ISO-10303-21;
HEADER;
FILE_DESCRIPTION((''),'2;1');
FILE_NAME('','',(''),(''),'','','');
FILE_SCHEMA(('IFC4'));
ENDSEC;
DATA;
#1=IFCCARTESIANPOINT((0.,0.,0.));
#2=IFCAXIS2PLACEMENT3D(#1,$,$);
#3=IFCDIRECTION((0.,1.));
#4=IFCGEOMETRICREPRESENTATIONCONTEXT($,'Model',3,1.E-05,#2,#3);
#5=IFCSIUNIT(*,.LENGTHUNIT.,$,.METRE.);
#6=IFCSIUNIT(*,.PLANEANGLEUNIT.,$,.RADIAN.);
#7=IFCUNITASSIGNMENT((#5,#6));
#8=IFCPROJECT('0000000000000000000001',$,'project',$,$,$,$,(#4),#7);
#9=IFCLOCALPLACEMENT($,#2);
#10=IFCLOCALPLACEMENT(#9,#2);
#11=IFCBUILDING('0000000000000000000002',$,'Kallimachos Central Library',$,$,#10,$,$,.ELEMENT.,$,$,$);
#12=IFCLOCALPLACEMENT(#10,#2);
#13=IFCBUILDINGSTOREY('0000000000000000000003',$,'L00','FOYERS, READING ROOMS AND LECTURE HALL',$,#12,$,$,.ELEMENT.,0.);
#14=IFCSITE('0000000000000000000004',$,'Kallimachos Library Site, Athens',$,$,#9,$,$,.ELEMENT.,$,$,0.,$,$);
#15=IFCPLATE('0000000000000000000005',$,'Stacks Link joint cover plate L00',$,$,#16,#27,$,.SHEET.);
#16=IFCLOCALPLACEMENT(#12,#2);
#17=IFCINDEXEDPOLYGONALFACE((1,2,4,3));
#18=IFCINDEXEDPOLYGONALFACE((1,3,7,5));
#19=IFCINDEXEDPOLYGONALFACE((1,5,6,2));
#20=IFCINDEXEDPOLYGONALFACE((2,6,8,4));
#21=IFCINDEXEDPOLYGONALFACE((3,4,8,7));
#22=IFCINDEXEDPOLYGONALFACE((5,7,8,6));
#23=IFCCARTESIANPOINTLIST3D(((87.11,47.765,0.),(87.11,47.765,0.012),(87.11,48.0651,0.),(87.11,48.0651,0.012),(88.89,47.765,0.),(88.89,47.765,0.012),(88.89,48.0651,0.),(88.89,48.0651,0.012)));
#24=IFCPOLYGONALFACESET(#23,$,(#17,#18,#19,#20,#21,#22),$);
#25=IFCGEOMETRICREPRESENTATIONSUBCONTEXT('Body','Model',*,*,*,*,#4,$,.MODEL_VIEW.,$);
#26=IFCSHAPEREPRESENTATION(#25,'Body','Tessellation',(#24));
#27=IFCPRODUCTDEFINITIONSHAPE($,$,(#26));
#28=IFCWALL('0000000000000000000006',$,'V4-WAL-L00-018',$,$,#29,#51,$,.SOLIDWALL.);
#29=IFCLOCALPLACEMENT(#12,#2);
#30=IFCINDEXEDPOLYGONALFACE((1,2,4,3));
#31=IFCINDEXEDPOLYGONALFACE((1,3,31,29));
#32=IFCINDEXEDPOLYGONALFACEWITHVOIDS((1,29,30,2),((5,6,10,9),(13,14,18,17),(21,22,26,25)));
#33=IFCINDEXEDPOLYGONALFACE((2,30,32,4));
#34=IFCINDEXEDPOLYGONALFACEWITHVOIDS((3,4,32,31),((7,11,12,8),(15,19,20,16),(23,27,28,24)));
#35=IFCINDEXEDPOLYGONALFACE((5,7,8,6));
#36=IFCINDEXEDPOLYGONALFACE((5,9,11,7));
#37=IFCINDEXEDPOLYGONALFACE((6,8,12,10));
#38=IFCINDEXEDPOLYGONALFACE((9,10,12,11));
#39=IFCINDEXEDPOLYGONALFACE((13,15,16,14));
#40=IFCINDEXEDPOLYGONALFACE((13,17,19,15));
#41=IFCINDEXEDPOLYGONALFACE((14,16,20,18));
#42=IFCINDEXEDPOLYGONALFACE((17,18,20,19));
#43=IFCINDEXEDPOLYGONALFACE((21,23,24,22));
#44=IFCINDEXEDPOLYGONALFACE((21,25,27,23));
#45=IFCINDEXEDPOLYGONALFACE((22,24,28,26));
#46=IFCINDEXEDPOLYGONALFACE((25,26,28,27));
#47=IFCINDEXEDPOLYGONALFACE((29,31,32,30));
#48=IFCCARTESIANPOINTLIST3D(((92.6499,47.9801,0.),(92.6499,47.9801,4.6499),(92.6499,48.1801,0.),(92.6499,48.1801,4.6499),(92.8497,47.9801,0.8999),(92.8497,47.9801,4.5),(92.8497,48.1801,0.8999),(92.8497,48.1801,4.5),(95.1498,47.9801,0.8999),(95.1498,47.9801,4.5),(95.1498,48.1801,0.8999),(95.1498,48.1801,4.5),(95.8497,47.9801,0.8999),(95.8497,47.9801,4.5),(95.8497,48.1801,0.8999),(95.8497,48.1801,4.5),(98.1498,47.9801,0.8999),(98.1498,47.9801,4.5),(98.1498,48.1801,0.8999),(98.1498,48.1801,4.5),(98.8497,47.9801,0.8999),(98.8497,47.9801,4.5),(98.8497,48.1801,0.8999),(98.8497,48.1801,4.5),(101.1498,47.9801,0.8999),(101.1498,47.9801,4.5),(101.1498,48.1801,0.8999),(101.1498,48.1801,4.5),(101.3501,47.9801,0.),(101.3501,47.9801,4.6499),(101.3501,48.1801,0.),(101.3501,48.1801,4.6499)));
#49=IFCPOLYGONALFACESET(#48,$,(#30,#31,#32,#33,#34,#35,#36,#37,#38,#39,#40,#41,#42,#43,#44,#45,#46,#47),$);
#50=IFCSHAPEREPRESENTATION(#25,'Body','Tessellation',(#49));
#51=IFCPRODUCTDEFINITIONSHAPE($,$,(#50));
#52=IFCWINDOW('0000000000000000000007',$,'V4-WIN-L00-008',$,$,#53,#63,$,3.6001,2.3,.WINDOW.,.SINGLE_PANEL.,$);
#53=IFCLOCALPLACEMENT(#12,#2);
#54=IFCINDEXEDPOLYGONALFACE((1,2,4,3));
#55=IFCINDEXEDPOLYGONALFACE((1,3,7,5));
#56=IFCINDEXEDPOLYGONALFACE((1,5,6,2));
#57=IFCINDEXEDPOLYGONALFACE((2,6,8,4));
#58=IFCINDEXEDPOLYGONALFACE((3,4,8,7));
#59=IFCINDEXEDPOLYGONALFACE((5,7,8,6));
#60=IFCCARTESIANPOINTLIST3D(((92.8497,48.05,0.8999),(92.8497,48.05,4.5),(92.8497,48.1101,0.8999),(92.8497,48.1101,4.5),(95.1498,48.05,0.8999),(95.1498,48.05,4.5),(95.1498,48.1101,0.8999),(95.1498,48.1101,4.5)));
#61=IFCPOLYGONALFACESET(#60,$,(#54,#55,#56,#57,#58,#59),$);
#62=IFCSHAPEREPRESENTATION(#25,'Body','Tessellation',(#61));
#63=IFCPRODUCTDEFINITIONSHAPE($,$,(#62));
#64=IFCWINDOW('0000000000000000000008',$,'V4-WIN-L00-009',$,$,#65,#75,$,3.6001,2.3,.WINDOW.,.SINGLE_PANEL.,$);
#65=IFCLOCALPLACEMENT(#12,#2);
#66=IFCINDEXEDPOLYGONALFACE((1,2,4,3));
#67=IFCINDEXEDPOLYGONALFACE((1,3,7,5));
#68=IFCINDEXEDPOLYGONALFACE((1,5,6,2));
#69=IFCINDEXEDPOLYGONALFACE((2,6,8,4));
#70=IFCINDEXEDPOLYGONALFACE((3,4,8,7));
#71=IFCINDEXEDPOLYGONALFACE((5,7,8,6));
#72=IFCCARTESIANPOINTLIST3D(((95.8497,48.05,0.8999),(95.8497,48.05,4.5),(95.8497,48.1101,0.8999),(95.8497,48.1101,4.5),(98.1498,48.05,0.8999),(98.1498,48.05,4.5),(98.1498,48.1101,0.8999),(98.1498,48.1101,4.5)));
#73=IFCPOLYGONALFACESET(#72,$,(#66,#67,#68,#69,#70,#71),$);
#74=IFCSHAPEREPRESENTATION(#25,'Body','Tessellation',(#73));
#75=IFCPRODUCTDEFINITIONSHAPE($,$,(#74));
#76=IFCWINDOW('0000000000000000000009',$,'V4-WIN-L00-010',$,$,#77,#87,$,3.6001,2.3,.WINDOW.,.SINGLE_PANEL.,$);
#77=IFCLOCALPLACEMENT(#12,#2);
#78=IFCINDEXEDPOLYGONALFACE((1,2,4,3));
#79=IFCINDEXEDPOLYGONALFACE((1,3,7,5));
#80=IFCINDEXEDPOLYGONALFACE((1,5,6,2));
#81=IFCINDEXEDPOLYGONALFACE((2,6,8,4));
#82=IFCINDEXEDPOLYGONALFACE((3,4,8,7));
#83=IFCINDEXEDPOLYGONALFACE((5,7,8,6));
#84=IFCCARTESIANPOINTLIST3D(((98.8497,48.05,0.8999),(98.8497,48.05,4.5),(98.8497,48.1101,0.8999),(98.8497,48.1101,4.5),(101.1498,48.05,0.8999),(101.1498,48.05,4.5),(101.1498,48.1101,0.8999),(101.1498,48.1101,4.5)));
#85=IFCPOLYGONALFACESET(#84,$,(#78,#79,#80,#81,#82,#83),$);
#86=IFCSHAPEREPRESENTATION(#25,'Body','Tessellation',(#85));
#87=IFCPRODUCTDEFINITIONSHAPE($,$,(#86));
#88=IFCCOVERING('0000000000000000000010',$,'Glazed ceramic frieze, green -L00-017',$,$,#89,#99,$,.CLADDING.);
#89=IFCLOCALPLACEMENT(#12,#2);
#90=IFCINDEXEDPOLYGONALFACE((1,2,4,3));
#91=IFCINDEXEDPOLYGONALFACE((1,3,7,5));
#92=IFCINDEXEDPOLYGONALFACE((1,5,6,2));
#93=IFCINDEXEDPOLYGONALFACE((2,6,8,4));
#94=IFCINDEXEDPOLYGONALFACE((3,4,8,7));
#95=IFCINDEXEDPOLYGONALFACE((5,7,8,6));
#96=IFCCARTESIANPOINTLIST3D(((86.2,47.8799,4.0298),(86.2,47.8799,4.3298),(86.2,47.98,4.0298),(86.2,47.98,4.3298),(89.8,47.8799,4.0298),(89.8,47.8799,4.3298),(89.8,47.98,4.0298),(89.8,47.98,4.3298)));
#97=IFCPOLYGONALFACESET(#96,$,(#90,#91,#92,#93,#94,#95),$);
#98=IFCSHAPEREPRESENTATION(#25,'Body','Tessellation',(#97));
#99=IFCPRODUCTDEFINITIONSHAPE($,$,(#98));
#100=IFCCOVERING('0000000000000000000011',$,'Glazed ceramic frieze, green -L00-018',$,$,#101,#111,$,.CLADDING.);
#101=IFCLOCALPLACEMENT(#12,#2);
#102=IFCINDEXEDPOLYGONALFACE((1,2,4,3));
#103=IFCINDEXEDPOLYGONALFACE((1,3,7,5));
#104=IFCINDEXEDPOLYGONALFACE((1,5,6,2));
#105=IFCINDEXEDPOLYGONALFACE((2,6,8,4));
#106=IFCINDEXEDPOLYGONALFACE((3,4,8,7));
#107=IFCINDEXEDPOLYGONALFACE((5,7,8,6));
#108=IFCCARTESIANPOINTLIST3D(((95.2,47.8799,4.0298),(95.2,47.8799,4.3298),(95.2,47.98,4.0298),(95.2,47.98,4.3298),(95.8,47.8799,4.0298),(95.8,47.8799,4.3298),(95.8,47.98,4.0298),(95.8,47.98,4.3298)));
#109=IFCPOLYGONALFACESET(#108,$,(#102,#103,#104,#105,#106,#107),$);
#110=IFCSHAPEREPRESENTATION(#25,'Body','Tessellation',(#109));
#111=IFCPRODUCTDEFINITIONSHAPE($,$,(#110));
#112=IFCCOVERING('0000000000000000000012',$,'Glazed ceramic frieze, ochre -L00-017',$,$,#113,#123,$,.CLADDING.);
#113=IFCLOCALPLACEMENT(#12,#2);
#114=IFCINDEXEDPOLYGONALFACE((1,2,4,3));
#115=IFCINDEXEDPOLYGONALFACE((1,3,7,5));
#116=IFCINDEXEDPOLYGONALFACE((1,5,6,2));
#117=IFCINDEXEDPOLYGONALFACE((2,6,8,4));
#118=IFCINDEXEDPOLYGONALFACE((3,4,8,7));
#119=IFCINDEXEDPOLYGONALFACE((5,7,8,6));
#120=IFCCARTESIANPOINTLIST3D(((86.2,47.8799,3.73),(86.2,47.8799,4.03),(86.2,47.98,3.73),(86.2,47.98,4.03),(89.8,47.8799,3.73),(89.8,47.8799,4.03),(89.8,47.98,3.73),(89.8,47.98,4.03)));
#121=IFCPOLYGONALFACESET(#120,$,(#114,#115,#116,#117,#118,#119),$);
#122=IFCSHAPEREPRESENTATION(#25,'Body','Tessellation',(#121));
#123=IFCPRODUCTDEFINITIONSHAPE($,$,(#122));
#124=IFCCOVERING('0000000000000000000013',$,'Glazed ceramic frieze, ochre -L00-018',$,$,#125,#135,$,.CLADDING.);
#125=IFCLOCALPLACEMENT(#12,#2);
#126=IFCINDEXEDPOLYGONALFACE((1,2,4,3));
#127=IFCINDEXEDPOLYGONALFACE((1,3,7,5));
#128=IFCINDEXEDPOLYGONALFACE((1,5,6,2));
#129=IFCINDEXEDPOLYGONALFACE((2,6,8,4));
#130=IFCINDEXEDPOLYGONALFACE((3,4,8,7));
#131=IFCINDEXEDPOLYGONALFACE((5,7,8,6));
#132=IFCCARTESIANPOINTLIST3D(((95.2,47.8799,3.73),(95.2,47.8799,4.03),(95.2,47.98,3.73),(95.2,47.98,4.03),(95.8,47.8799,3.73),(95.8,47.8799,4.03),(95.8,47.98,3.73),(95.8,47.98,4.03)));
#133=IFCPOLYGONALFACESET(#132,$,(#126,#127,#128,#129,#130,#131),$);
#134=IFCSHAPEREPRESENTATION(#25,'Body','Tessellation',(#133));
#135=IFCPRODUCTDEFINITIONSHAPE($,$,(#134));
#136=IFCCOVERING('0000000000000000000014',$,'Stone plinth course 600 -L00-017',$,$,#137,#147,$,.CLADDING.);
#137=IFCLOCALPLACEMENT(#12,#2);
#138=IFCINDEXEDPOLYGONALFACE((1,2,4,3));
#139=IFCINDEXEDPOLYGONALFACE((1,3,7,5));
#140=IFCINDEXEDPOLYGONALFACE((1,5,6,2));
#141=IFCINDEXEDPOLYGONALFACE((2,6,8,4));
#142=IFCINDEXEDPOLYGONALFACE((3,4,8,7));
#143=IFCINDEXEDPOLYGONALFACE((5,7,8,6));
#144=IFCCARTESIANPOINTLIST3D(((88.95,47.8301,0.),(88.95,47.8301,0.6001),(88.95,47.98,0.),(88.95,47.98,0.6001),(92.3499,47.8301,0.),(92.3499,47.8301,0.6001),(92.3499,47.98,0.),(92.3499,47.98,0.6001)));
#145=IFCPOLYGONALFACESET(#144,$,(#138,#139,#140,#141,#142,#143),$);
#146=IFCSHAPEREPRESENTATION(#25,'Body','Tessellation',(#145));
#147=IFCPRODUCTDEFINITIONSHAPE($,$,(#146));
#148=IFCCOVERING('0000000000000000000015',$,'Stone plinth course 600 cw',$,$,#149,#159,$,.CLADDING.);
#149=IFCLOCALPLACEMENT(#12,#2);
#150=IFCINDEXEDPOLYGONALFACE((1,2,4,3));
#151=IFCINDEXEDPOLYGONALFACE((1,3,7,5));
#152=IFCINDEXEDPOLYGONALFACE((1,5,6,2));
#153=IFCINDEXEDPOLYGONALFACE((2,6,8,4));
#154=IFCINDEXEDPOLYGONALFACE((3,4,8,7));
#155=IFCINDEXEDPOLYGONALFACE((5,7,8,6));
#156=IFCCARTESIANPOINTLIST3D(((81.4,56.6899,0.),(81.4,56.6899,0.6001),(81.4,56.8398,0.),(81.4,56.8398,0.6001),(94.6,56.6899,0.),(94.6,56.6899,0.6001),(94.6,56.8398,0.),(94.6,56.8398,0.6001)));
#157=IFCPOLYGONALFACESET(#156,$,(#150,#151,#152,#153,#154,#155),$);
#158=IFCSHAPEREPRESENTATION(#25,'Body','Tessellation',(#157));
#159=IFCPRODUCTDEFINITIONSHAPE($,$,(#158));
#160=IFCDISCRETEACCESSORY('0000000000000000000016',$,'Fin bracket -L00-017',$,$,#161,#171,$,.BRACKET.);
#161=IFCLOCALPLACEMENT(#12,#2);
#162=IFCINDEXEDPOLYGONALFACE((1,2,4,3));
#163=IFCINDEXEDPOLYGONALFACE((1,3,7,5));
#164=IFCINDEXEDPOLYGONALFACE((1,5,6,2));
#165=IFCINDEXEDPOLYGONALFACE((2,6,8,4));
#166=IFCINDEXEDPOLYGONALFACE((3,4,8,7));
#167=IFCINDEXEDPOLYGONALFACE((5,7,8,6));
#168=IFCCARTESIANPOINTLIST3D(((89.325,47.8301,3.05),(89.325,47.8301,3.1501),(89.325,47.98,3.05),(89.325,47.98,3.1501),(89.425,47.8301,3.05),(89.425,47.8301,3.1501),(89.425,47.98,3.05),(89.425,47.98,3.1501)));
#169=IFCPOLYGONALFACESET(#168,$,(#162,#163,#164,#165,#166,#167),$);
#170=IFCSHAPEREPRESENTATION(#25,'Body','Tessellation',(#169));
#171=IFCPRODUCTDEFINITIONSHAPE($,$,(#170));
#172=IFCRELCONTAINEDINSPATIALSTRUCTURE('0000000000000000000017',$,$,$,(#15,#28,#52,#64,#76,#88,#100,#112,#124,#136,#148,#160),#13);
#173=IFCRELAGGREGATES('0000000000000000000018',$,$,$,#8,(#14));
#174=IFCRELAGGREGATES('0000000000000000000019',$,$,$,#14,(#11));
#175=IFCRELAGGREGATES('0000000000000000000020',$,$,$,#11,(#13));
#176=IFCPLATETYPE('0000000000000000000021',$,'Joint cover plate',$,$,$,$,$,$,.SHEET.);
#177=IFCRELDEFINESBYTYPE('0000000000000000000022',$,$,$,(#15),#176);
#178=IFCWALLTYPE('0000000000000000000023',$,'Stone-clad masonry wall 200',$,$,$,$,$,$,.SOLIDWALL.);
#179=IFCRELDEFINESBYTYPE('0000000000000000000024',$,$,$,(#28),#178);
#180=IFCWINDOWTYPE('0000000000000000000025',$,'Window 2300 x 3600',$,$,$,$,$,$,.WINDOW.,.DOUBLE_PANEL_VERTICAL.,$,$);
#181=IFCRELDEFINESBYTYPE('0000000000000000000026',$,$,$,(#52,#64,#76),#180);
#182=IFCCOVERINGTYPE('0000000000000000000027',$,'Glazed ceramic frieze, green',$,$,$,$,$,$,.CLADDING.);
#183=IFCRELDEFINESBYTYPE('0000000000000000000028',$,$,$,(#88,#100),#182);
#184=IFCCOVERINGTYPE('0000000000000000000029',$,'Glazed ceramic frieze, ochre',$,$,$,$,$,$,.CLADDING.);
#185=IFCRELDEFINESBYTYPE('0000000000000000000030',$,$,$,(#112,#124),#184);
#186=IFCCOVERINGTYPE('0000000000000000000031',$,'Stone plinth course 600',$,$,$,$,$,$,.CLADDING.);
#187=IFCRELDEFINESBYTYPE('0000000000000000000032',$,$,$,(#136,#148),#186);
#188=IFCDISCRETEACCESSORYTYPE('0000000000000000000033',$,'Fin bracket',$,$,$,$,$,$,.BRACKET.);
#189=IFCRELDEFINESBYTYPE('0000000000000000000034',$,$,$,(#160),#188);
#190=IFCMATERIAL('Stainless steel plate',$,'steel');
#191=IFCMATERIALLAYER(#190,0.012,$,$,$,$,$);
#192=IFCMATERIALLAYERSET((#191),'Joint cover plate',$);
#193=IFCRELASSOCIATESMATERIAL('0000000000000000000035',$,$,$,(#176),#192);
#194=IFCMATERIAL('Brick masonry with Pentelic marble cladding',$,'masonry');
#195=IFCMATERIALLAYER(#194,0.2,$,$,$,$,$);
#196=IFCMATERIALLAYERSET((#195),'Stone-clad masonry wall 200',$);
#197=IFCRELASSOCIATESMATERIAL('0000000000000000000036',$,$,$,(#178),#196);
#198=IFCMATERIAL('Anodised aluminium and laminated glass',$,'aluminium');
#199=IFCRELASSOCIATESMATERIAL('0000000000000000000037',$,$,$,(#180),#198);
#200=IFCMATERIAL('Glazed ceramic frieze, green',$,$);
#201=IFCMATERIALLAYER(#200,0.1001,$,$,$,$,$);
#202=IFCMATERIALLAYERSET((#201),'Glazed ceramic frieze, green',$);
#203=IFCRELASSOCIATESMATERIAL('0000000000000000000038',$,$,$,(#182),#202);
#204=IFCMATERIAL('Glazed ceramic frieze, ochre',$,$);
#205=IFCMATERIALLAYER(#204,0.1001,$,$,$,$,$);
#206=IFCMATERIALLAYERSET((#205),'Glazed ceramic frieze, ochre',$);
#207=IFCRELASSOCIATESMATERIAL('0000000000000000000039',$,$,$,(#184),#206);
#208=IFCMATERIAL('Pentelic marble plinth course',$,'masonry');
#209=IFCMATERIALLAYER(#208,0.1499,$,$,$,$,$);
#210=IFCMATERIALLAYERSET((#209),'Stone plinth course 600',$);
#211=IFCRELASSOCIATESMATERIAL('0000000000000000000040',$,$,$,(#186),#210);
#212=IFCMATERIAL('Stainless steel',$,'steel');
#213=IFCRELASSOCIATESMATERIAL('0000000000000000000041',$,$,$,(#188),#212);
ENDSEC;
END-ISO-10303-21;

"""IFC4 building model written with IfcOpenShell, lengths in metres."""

from ifc_helpers import new_model, si_unit, direction, frame, frame_2d, origin, origin_2d, place, context, subcontext, project, spatial, rectangle, extrude, material, layer, layer_set, type_object, element, fill, save


model = new_model("IFC4")

# Units and contexts
model_context = context("Model", 3, precision=1e-05, world=origin(), true_north=direction((0.0, 1.0)))
body_context = subcontext(model_context, "Body", "Model", "MODEL_VIEW")
ifc_project = project(units=[si_unit("LENGTHUNIT", "METRE"), si_unit("PLANEANGLEUNIT", "RADIAN")], contexts=[model_context])

# Site, building, storey
site_placement = place(None, origin())
site = spatial("IfcSite", under=ifc_project, at=site_placement, Name="Kallimachos Library Site, Athens", CompositionType="ELEMENT", RefElevation=0.0)
building_placement = place(site_placement, origin())
building = spatial("IfcBuilding", under=site, at=building_placement, Name="Kallimachos Central Library", CompositionType="ELEMENT")
storey_placement = place(building_placement, origin())
storey = spatial("IfcBuildingStorey", under=building, at=storey_placement, Name="L00", Description="FOYERS, READING ROOMS AND LECTURE HALL", CompositionType="ELEMENT", Elevation=0.0)

# Plate
ifc_material_1 = material(Name="Stainless steel plate", Category="steel")
ifc_layer_1 = layer(ifc_material_1, 0.012)
ifc_layer_set_1 = layer_set([ifc_layer_1], Name="Joint cover plate")
plate_type = type_object("IfcPlateType", Name="Joint cover plate", PredefinedType="SHEET", material=ifc_layer_set_1)
plate_placement = place(storey_placement, frame((88.0, 47.915, 0.0), z_axis=(0.0, 0.0, 1.0), x_axis=(1.0, 0.0, 0.0)))
element("IfcPlate", 1, at=plate_placement, inside=storey, type_object=plate_type, Name="Stacks Link joint cover plate L00", PredefinedType="SHEET", context=body_context, shape_type="SweptSolid", body=[
    extrude(rectangle(XDim=1.78, YDim=0.3, at=origin_2d()), origin(), (0.0, 0.0, 1.0), 0.012),
])

# Wall, openings, windows
ifc_material_2 = material(Name="Brick masonry with Pentelic marble cladding", Category="masonry")
ifc_layer_2 = layer(ifc_material_2, 0.2)
ifc_layer_set_2 = layer_set([ifc_layer_2], Name="Stone-clad masonry wall 200")
wall_type = type_object("IfcWallType", Name="Stone-clad masonry wall 200", PredefinedType="SOLIDWALL", material=ifc_layer_set_2)
wall_placement = place(storey_placement, frame((92.6499, 48.0801, 0.0), z_axis=(0.0, 0.0, 1.0), x_axis=(1.0, 0.0, 0.0)))
wall = element("IfcWall", 2, at=wall_placement, inside=storey, type_object=wall_type, Name="V4-WAL-L00-018", PredefinedType="SOLIDWALL", context=body_context, shape_type="SweptSolid", body=[
    extrude(rectangle(XDim=8.7002, YDim=0.2, at=frame_2d((4.3501, 0.0))), origin(), (0.0, 0.0, 1.0), 4.6499),
])
opening_1_placement = place(wall_placement, frame((0.2, 0.0, 0.8999)))
opening_1 = element("IfcOpeningElement", 3, at=opening_1_placement, cuts=wall, PredefinedType="OPENING", context=body_context, shape_type="SweptSolid", body=[
    extrude(rectangle(XDim=2.3, YDim=3.6001, at=frame_2d((1.1499, 1.8))), frame((0.0, 0.1099, 0.0), z_axis=(0.0, -1.0, 0.0), x_axis=(1.0, 0.0, 0.0)), (0.0, 0.0, 1.0), 0.22),
])
opening_2_placement = place(wall_placement, frame((3.2, 0.0, 0.8999)))
opening_2 = element("IfcOpeningElement", 4, at=opening_2_placement, cuts=wall, PredefinedType="OPENING", context=body_context, shape_type="SweptSolid", body=[
    extrude(rectangle(XDim=2.3, YDim=3.6001, at=frame_2d((1.1499, 1.8))), frame((0.0, 0.1099, 0.0), z_axis=(0.0, -1.0, 0.0), x_axis=(1.0, 0.0, 0.0)), (0.0, 0.0, 1.0), 0.22),
])
opening_3_placement = place(wall_placement, frame((6.2, 0.0, 0.8999)))
opening_3 = element("IfcOpeningElement", 5, at=opening_3_placement, cuts=wall, PredefinedType="OPENING", context=body_context, shape_type="SweptSolid", body=[
    extrude(rectangle(XDim=2.3, YDim=3.6001, at=frame_2d((1.1499, 1.8))), frame((0.0, 0.1099, 0.0), z_axis=(0.0, -1.0, 0.0), x_axis=(1.0, 0.0, 0.0)), (0.0, 0.0, 1.0), 0.22),
])
ifc_material_3 = material(Name="Anodised aluminium and laminated glass", Category="aluminium")
window_type = type_object("IfcWindowType", Name="Window 2300 x 3600", PartitioningType="DOUBLE_PANEL_VERTICAL", PredefinedType="WINDOW", material=ifc_material_3)
window_1_placement = place(opening_1_placement, origin())
window_1 = element("IfcWindow", 6, at=window_1_placement, inside=storey, type_object=window_type, Name="V4-WIN-L00-008", OverallHeight=3.6001, OverallWidth=2.3, PartitioningType="SINGLE_PANEL", PredefinedType="WINDOW", context=body_context, shape_type="SweptSolid", body=[
    extrude(rectangle(XDim=2.3, YDim=3.6001, at=frame_2d((1.1499, 1.8))), frame((0.0, 0.03, 0.0), z_axis=(0.0, -1.0, 0.0), x_axis=(1.0, 0.0, 0.0)), (0.0, 0.0, 1.0), 0.0601),
])
fill(opening_1, window_1)
window_2_placement = place(opening_2_placement, origin())
window_2 = element("IfcWindow", 7, at=window_2_placement, inside=storey, type_object=window_type, Name="V4-WIN-L00-009", OverallHeight=3.6001, OverallWidth=2.3, PartitioningType="SINGLE_PANEL", PredefinedType="WINDOW", context=body_context, shape_type="SweptSolid", body=[
    extrude(rectangle(XDim=2.3, YDim=3.6001, at=frame_2d((1.1499, 1.8))), frame((0.0, 0.03, 0.0), z_axis=(0.0, -1.0, 0.0), x_axis=(1.0, 0.0, 0.0)), (0.0, 0.0, 1.0), 0.0601),
])
fill(opening_2, window_2)
window_3_placement = place(opening_3_placement, origin())
window_3 = element("IfcWindow", 8, at=window_3_placement, inside=storey, type_object=window_type, Name="V4-WIN-L00-010", OverallHeight=3.6001, OverallWidth=2.3, PartitioningType="SINGLE_PANEL", PredefinedType="WINDOW", context=body_context, shape_type="SweptSolid", body=[
    extrude(rectangle(XDim=2.3, YDim=3.6001, at=frame_2d((1.1499, 1.8))), frame((0.0, 0.03, 0.0), z_axis=(0.0, -1.0, 0.0), x_axis=(1.0, 0.0, 0.0)), (0.0, 0.0, 1.0), 0.0601),
])
fill(opening_3, window_3)

# Coverings
ifc_material_4 = material(Name="Glazed ceramic frieze, green")
ifc_layer_3 = layer(ifc_material_4, 0.1001)
ifc_layer_set_3 = layer_set([ifc_layer_3], Name="Glazed ceramic frieze, green")
covering_type_1 = type_object("IfcCoveringType", Name="Glazed ceramic frieze, green", PredefinedType="CLADDING", material=ifc_layer_set_3)
covering_1_placement = place(storey_placement, frame((88.0, 47.9299, 4.0298), z_axis=(0.0, 0.0, 1.0), x_axis=(1.0, 0.0, 0.0)))
element("IfcCovering", 9, at=covering_1_placement, inside=storey, type_object=covering_type_1, Name="Glazed ceramic frieze, green -L00-017", PredefinedType="CLADDING", context=body_context, shape_type="SweptSolid", body=[
    extrude(rectangle(XDim=3.6001, YDim=0.1001, at=origin_2d()), origin(), (0.0, 0.0, 1.0), 0.3),
])
covering_2_placement = place(storey_placement, frame((95.5, 47.9299, 4.0298), z_axis=(0.0, 0.0, 1.0), x_axis=(1.0, 0.0, 0.0)))
element("IfcCovering", 10, at=covering_2_placement, inside=storey, type_object=covering_type_1, Name="Glazed ceramic frieze, green -L00-018", PredefinedType="CLADDING", context=body_context, shape_type="SweptSolid", body=[
    extrude(rectangle(XDim=0.6001, YDim=0.1001, at=origin_2d()), origin(), (0.0, 0.0, 1.0), 0.3),
])
ifc_material_5 = material(Name="Glazed ceramic frieze, ochre")
ifc_layer_4 = layer(ifc_material_5, 0.1001)
ifc_layer_set_4 = layer_set([ifc_layer_4], Name="Glazed ceramic frieze, ochre")
covering_type_2 = type_object("IfcCoveringType", Name="Glazed ceramic frieze, ochre", PredefinedType="CLADDING", material=ifc_layer_set_4)
covering_3_placement = place(storey_placement, frame((88.0, 47.9299, 3.73), z_axis=(0.0, 0.0, 1.0), x_axis=(1.0, 0.0, 0.0)))
element("IfcCovering", 11, at=covering_3_placement, inside=storey, type_object=covering_type_2, Name="Glazed ceramic frieze, ochre -L00-017", PredefinedType="CLADDING", context=body_context, shape_type="SweptSolid", body=[
    extrude(rectangle(XDim=3.6001, YDim=0.1001, at=origin_2d()), origin(), (0.0, 0.0, 1.0), 0.3),
])
covering_4_placement = place(storey_placement, frame((95.5, 47.9299, 3.73), z_axis=(0.0, 0.0, 1.0), x_axis=(1.0, 0.0, 0.0)))
element("IfcCovering", 12, at=covering_4_placement, inside=storey, type_object=covering_type_2, Name="Glazed ceramic frieze, ochre -L00-018", PredefinedType="CLADDING", context=body_context, shape_type="SweptSolid", body=[
    extrude(rectangle(XDim=0.6001, YDim=0.1001, at=origin_2d()), origin(), (0.0, 0.0, 1.0), 0.3),
])
ifc_material_6 = material(Name="Pentelic marble plinth course", Category="masonry")
ifc_layer_5 = layer(ifc_material_6, 0.1499)
ifc_layer_set_5 = layer_set([ifc_layer_5], Name="Stone plinth course 600")
covering_type_3 = type_object("IfcCoveringType", Name="Stone plinth course 600", PredefinedType="CLADDING", material=ifc_layer_set_5)
covering_5_placement = place(storey_placement, frame((90.6499, 47.905, 0.0), z_axis=(0.0, 0.0, 1.0), x_axis=(1.0, 0.0, 0.0)))
element("IfcCovering", 13, at=covering_5_placement, inside=storey, type_object=covering_type_3, Name="Stone plinth course 600 -L00-017", PredefinedType="CLADDING", context=body_context, shape_type="SweptSolid", body=[
    extrude(rectangle(XDim=3.3999, YDim=0.1499, at=origin_2d()), origin(), (0.0, 0.0, 1.0), 0.6001),
])
covering_6_placement = place(storey_placement, frame((88.0, 56.7649, 0.0), z_axis=(0.0, 0.0, 1.0), x_axis=(1.0, 0.0, 0.0)))
element("IfcCovering", 14, at=covering_6_placement, inside=storey, type_object=covering_type_3, Name="Stone plinth course 600 cw", PredefinedType="CLADDING", context=body_context, shape_type="SweptSolid", body=[
    extrude(rectangle(XDim=13.2, YDim=0.1499, at=origin_2d()), origin(), (0.0, 0.0, 1.0), 0.6001),
])

# Discrete accessory
ifc_material_7 = material(Name="Stainless steel", Category="steel")
discrete_accessory_type = type_object("IfcDiscreteAccessoryType", Name="Fin bracket", PredefinedType="BRACKET", material=ifc_material_7)
discrete_accessory_placement = place(storey_placement, frame((89.375, 47.905, 3.05), z_axis=(0.0, 0.0, 1.0), x_axis=(1.0, 0.0, 0.0)))
element("IfcDiscreteAccessory", 15, at=discrete_accessory_placement, inside=storey, type_object=discrete_accessory_type, Name="Fin bracket -L00-017", PredefinedType="BRACKET", context=body_context, shape_type="SweptSolid", body=[
    extrude(rectangle(XDim=0.1001, YDim=0.1499, at=origin_2d()), origin(), (0.0, 0.0, 1.0), 0.1001),
])

save(model, "model.ifc")
